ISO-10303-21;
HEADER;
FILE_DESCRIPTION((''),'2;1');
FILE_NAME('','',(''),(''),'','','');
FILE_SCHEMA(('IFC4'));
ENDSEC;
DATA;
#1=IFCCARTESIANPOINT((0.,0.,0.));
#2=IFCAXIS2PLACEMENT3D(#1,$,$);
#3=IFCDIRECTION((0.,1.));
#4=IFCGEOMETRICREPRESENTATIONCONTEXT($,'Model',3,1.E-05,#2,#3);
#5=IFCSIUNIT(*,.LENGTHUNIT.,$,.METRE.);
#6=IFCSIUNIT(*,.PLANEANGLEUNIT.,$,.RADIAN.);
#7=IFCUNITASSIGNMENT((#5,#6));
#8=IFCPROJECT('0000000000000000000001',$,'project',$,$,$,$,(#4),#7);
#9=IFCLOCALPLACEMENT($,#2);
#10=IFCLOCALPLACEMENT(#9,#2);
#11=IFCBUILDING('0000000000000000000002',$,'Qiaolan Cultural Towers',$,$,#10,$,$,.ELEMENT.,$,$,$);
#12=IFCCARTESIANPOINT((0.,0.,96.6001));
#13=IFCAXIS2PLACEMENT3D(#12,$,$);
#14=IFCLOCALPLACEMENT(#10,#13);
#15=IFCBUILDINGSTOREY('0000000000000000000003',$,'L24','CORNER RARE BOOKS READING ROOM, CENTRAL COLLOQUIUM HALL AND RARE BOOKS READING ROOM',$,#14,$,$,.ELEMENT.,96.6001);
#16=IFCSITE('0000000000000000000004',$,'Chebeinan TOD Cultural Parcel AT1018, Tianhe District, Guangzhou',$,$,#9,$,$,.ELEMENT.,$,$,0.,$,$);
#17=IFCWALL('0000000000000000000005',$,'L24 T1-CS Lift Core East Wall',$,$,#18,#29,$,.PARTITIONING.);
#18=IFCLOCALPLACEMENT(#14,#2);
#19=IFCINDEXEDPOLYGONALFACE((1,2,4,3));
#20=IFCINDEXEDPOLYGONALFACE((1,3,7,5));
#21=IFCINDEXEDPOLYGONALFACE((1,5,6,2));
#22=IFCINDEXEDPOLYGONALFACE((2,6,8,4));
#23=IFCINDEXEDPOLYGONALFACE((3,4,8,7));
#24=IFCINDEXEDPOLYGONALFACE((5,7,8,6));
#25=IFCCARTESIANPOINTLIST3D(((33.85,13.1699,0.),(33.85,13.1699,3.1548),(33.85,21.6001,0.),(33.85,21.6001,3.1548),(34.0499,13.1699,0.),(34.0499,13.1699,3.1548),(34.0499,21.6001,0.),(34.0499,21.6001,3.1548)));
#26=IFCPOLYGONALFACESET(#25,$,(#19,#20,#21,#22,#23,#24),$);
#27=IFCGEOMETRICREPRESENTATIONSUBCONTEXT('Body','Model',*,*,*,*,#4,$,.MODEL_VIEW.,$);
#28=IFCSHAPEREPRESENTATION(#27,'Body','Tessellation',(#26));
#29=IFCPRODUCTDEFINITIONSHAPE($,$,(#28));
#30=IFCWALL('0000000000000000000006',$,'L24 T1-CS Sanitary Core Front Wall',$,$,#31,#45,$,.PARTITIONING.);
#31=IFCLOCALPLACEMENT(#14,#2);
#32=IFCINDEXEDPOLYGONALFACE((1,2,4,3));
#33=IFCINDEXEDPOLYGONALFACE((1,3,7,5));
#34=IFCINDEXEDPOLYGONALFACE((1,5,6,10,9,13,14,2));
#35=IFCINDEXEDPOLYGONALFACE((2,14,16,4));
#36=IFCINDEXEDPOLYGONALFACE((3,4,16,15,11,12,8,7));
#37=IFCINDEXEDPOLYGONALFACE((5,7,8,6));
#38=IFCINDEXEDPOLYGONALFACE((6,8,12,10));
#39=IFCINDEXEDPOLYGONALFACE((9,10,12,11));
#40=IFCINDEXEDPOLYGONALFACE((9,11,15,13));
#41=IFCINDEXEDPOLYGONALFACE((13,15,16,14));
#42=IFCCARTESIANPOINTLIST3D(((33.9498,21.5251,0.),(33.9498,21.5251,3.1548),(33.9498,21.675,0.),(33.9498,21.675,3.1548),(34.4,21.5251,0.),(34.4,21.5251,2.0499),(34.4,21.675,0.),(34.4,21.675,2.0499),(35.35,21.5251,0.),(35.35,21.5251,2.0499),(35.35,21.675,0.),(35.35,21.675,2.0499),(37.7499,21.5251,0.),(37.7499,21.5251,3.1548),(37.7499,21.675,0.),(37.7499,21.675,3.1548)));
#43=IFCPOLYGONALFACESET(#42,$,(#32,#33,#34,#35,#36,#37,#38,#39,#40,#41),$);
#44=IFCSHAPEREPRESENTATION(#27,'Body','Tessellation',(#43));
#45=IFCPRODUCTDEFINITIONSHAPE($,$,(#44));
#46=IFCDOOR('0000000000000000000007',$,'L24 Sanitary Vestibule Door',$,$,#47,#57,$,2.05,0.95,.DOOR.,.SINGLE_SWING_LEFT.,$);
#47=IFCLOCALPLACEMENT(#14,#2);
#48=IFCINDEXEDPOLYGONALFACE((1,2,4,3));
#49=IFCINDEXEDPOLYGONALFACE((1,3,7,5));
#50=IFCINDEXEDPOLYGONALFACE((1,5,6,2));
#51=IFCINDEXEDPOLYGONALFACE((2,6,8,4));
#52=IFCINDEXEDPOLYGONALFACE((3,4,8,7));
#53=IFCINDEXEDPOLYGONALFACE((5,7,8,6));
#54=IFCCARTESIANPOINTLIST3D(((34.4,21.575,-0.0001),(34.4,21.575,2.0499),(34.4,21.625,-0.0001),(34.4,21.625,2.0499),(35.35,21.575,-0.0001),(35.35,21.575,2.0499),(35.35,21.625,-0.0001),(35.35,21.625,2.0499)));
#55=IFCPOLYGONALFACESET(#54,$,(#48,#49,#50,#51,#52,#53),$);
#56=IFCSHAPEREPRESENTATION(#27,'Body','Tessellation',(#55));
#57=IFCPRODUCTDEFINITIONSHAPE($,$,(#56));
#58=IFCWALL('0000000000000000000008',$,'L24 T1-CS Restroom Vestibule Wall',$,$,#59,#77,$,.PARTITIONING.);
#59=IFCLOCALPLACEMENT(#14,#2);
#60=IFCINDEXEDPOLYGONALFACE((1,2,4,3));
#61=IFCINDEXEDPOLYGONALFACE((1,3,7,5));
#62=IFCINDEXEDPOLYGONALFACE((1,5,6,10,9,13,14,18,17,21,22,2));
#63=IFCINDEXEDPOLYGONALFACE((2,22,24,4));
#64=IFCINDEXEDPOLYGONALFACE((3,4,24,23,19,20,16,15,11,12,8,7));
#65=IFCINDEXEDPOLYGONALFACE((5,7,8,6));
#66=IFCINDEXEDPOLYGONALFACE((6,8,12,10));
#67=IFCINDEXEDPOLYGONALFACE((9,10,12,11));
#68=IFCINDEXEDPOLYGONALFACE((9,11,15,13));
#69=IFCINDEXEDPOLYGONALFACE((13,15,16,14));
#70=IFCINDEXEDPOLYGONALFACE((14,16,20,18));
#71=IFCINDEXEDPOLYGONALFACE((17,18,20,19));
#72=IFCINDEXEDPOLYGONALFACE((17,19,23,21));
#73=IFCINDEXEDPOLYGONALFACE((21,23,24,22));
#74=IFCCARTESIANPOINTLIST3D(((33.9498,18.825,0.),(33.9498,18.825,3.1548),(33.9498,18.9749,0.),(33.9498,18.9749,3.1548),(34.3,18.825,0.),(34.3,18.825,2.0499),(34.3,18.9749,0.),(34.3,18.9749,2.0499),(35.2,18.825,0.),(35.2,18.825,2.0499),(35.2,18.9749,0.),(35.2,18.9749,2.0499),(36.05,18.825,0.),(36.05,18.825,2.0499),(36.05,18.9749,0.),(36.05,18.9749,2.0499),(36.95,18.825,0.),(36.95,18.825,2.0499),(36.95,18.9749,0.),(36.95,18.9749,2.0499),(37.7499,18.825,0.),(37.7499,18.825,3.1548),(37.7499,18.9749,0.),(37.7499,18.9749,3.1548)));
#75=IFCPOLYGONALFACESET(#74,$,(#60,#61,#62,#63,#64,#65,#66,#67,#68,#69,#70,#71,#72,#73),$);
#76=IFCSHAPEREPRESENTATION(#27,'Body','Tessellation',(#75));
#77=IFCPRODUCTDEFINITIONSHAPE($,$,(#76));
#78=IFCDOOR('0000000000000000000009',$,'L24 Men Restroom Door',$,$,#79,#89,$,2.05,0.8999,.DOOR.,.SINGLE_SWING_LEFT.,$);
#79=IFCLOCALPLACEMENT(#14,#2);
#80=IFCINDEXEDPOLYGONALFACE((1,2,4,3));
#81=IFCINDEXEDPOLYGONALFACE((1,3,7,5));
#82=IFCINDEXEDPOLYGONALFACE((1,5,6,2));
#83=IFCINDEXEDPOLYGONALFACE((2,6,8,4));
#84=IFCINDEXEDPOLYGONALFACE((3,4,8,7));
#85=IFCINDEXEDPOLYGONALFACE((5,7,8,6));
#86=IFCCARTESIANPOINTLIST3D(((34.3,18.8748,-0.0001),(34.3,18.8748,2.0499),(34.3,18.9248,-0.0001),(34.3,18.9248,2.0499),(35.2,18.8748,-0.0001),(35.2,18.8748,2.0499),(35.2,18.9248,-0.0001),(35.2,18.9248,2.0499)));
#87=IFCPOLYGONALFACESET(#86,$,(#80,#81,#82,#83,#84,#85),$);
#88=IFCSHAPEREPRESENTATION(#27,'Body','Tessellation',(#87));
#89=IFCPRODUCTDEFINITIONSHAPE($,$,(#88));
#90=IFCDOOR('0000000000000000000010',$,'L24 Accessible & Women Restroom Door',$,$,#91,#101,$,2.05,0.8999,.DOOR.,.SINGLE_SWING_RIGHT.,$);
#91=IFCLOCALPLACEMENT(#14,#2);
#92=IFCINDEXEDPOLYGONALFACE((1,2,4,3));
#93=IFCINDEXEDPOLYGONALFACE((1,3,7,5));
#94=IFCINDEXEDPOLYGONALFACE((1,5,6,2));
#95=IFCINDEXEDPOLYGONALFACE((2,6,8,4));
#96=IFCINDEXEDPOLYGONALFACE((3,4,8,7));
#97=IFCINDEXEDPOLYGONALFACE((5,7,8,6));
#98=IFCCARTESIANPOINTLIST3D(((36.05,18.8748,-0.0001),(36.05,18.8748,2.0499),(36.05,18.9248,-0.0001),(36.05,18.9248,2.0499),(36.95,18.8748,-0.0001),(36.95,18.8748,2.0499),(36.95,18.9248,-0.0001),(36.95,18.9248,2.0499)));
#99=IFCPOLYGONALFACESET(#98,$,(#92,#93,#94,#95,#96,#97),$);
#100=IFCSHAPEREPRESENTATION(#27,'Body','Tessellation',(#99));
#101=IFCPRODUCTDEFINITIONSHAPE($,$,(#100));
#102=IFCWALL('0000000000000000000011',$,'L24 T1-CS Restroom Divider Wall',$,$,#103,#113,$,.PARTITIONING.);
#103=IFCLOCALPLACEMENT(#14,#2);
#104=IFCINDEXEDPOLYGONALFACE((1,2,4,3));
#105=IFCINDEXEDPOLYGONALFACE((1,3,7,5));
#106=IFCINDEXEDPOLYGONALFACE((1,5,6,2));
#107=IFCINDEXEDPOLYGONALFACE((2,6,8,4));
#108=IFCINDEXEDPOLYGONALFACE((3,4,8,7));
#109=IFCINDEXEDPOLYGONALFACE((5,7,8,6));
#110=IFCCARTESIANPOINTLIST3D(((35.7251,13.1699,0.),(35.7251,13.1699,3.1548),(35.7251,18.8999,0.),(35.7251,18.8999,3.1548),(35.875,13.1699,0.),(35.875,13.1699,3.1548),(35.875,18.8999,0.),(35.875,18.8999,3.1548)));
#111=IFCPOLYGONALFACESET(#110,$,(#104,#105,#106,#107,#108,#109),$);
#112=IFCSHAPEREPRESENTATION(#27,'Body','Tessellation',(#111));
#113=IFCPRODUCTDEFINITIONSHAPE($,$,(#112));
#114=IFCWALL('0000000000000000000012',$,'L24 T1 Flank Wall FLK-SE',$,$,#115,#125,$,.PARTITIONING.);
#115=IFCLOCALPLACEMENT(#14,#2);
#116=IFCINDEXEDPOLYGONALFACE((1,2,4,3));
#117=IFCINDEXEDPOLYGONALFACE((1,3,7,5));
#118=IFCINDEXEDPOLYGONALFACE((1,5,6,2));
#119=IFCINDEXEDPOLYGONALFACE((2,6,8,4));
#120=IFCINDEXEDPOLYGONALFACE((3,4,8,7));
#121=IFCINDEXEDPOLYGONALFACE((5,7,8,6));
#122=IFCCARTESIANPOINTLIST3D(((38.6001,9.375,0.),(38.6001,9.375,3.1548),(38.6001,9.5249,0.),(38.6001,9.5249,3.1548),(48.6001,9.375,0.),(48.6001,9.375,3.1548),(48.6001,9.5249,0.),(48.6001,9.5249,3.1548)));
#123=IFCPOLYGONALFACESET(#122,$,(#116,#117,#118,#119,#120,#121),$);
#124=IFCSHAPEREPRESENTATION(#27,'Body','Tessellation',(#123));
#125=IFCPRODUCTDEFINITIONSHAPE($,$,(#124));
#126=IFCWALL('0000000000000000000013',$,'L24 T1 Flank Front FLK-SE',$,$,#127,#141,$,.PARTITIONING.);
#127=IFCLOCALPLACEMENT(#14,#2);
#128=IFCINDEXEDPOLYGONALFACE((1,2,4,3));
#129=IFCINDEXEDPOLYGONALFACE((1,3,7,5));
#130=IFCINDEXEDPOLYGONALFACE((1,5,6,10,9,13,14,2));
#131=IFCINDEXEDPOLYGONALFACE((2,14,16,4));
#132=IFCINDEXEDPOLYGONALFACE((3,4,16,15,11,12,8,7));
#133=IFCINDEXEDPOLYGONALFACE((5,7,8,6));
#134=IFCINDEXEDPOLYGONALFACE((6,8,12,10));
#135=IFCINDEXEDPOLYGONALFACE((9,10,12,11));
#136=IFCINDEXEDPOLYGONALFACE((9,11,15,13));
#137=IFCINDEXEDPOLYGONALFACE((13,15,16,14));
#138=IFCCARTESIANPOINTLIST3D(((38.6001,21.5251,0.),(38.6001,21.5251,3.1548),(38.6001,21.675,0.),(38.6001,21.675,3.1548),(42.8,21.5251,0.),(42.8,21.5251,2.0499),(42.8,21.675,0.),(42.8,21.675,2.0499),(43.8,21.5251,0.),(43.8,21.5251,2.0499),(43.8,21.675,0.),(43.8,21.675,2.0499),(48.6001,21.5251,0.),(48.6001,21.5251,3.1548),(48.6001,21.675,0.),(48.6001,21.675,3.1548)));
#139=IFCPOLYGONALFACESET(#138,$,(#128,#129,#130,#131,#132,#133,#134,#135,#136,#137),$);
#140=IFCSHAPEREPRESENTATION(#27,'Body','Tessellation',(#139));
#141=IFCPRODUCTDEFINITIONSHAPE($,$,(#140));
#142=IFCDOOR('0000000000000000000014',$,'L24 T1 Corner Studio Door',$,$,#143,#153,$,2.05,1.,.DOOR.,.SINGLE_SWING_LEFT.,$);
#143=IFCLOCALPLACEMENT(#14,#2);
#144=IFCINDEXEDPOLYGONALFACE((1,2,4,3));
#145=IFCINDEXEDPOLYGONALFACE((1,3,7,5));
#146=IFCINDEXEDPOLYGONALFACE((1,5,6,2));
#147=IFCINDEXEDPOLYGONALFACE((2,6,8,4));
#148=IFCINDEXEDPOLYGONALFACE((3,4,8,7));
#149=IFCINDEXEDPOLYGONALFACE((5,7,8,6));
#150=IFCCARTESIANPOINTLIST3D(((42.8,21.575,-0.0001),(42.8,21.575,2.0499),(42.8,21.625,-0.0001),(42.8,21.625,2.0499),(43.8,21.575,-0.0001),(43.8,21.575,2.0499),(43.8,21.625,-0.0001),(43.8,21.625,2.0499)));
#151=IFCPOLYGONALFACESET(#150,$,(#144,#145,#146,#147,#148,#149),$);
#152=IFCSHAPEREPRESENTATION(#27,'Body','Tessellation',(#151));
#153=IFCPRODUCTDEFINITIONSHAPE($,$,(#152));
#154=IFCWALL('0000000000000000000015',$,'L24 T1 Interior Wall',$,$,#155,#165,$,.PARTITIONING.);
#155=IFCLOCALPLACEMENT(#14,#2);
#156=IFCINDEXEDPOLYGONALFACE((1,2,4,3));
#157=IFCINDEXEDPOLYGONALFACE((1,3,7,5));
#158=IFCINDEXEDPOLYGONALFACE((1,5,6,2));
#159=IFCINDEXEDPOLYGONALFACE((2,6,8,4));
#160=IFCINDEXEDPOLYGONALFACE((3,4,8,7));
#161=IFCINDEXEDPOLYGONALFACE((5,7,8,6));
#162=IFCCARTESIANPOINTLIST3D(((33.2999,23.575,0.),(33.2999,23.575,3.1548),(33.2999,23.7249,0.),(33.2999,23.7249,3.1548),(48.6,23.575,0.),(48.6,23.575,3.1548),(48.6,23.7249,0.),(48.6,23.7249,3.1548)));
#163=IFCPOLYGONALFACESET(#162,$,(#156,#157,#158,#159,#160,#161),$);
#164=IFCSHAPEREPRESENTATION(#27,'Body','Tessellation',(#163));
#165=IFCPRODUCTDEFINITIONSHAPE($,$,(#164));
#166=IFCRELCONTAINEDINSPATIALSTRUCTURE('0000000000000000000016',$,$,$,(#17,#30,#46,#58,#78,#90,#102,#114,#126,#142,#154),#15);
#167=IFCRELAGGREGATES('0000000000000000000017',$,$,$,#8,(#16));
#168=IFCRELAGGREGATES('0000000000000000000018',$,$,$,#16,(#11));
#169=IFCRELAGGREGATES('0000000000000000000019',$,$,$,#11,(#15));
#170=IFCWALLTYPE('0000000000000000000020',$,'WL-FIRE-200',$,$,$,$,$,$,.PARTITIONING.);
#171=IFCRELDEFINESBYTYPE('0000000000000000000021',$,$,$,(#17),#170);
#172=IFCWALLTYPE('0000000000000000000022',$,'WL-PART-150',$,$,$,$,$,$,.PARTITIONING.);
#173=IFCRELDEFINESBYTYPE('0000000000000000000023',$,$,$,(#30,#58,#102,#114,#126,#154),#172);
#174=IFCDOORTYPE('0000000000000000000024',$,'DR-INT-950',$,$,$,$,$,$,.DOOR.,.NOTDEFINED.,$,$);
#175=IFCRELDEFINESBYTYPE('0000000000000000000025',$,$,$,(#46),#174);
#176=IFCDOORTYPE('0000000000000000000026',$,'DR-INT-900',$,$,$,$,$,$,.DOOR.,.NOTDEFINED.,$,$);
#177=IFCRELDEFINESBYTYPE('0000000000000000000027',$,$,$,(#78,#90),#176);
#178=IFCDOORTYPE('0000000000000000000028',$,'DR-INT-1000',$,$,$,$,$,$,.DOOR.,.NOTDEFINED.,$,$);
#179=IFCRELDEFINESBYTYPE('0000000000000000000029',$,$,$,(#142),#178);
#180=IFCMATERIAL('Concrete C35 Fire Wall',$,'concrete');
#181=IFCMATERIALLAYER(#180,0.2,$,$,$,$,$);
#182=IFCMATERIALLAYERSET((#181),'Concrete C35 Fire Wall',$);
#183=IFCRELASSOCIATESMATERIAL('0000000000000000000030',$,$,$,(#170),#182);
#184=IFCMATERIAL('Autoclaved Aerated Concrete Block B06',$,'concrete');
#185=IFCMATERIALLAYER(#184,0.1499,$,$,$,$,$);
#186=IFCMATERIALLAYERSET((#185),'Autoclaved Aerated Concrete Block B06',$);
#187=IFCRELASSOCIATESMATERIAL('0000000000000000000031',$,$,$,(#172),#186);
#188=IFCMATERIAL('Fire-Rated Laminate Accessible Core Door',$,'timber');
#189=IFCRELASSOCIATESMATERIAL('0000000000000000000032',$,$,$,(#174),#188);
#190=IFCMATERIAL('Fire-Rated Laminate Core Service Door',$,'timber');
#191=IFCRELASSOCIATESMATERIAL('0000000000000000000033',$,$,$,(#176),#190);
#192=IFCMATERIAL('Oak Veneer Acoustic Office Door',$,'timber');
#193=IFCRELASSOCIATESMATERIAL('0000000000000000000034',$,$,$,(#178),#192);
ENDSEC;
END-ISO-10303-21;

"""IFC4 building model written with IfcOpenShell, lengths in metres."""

from ifc_helpers import new_model, si_unit, direction, frame, frame_2d, origin, place, context, subcontext, project, spatial, rectangle, extrude, material, layer, layer_set, type_object, element, fill, save


model = new_model("IFC4")

# Units and contexts
model_context = context("Model", 3, precision=1e-05, world=origin(), true_north=direction((0.0, 1.0)))
body_context = subcontext(model_context, "Body", "Model", "MODEL_VIEW")
ifc_project = project(units=[si_unit("LENGTHUNIT", "METRE"), si_unit("PLANEANGLEUNIT", "RADIAN")], contexts=[model_context])

# Site, building, storey
site_placement = place(None, origin())
site = spatial("IfcSite", under=ifc_project, at=site_placement, Name="Chebeinan TOD Cultural Parcel AT1018, Tianhe District, Guangzhou", CompositionType="ELEMENT", RefElevation=0.0)
building_placement = place(site_placement, origin())
building = spatial("IfcBuilding", under=site, at=building_placement, Name="Qiaolan Cultural Towers", CompositionType="ELEMENT")
storey_placement = place(building_placement, frame((0.0, 0.0, 96.6001)))
storey = spatial("IfcBuildingStorey", under=building, at=storey_placement, Name="L24", Description="CORNER RARE BOOKS READING ROOM, CENTRAL COLLOQUIUM HALL AND RARE BOOKS READING ROOM", CompositionType="ELEMENT", Elevation=96.6001)

# Wall
ifc_material_1 = material(Name="Concrete C35 Fire Wall", Category="concrete")
ifc_layer_1 = layer(ifc_material_1, 0.2)
ifc_layer_set_1 = layer_set([ifc_layer_1], Name="Concrete C35 Fire Wall")
wall_type_1 = type_object("IfcWallType", Name="WL-FIRE-200", PredefinedType="PARTITIONING", material=ifc_layer_set_1)
wall_1_placement = place(storey_placement, frame((33.95, 21.6001, 0.0), z_axis=(0.0, 0.0, 1.0), x_axis=(0.0, -1.0, 0.0)))
element("IfcWall", 1, at=wall_1_placement, inside=storey, type_object=wall_type_1, Name="L24 T1-CS Lift Core East Wall", PredefinedType="PARTITIONING", context=body_context, shape_type="SweptSolid", body=[
    extrude(rectangle(XDim=8.4302, YDim=0.2, at=frame_2d((4.2151, 0.0))), origin(), (0.0, 0.0, 1.0), 3.1548),
])

# Wall, opening, door
ifc_material_2 = material(Name="Autoclaved Aerated Concrete Block B06", Category="concrete")
ifc_layer_2 = layer(ifc_material_2, 0.1499)
ifc_layer_set_2 = layer_set([ifc_layer_2], Name="Autoclaved Aerated Concrete Block B06")
wall_type_2 = type_object("IfcWallType", Name="WL-PART-150", PredefinedType="PARTITIONING", material=ifc_layer_set_2)
wall_2_placement = place(storey_placement, frame((33.95, 21.6001, 0.0), z_axis=(0.0, 0.0, 1.0), x_axis=(1.0, 0.0, 0.0)))
wall_2 = element("IfcWall", 2, at=wall_2_placement, inside=storey, type_object=wall_type_2, Name="L24 T1-CS Sanitary Core Front Wall", PredefinedType="PARTITIONING", context=body_context, shape_type="SweptSolid", body=[
    extrude(rectangle(XDim=3.8, YDim=0.1499, at=frame_2d((1.8999, 0.0))), origin(), (0.0, 0.0, 1.0), 3.1548),
])
opening_1_placement = place(wall_2_placement, frame((0.45, 0.0, 0.0)))
opening_1 = element("IfcOpeningElement", 3, at=opening_1_placement, cuts=wall_2, PredefinedType="OPENING", context=body_context, shape_type="SweptSolid", body=[
    extrude(rectangle(XDim=0.95, YDim=2.05, at=frame_2d((0.4751, 1.0249))), frame((0.0, 0.085, 0.0), z_axis=(0.0, -1.0, 0.0), x_axis=(1.0, 0.0, 0.0)), (0.0, 0.0, 1.0), 0.1699),
])
ifc_material_3 = material(Name="Fire-Rated Laminate Accessible Core Door", Category="timber")
door_type_1 = type_object("IfcDoorType", Name="DR-INT-950", OperationType="NOTDEFINED", PredefinedType="DOOR", material=ifc_material_3)
door_1_placement = place(opening_1_placement, origin())
door_1 = element("IfcDoor", 4, at=door_1_placement, inside=storey, type_object=door_type_1, Name="L24 Sanitary Vestibule Door", OperationType="SINGLE_SWING_LEFT", OverallHeight=2.05, OverallWidth=0.95, PredefinedType="DOOR", context=body_context, shape_type="SweptSolid", body=[
    extrude(rectangle(XDim=0.95, YDim=2.05, at=frame_2d((0.4751, 1.0249))), frame((0.0, 0.0249, 0.0), z_axis=(0.0, -1.0, 0.0), x_axis=(1.0, 0.0, 0.0)), (0.0, 0.0, 1.0), 0.05),
])
fill(opening_1, door_1)

# Wall, openings, doors
wall_3_placement = place(storey_placement, frame((33.95, 18.8999, 0.0), z_axis=(0.0, 0.0, 1.0), x_axis=(1.0, 0.0, 0.0)))
wall_3 = element("IfcWall", 5, at=wall_3_placement, inside=storey, type_object=wall_type_2, Name="L24 T1-CS Restroom Vestibule Wall", PredefinedType="PARTITIONING", context=body_context, shape_type="SweptSolid", body=[
    extrude(rectangle(XDim=3.8, YDim=0.1499, at=frame_2d((1.8999, 0.0))), origin(), (0.0, 0.0, 1.0), 3.1548),
])
opening_2_placement = place(wall_3_placement, frame((0.3501, 0.0, 0.0)))
opening_2 = element("IfcOpeningElement", 6, at=opening_2_placement, cuts=wall_3, PredefinedType="OPENING", context=body_context, shape_type="SweptSolid", body=[
    extrude(rectangle(XDim=0.8999, YDim=2.05, at=frame_2d((0.45, 1.0249))), frame((0.0, 0.085, 0.0), z_axis=(0.0, -1.0, 0.0), x_axis=(1.0, 0.0, 0.0)), (0.0, 0.0, 1.0), 0.1699),
])
opening_3_placement = place(wall_3_placement, frame((2.1001, 0.0, 0.0)))
opening_3 = element("IfcOpeningElement", 7, at=opening_3_placement, cuts=wall_3, PredefinedType="OPENING", context=body_context, shape_type="SweptSolid", body=[
    extrude(rectangle(XDim=0.8999, YDim=2.05, at=frame_2d((0.45, 1.0249))), frame((0.0, 0.085, 0.0), z_axis=(0.0, -1.0, 0.0), x_axis=(1.0, 0.0, 0.0)), (0.0, 0.0, 1.0), 0.1699),
])
ifc_material_4 = material(Name="Fire-Rated Laminate Core Service Door", Category="timber")
door_type_2 = type_object("IfcDoorType", Name="DR-INT-900", OperationType="NOTDEFINED", PredefinedType="DOOR", material=ifc_material_4)
door_2_placement = place(opening_2_placement, origin())
door_2 = element("IfcDoor", 8, at=door_2_placement, inside=storey, type_object=door_type_2, Name="L24 Men Restroom Door", OperationType="SINGLE_SWING_LEFT", OverallHeight=2.05, OverallWidth=0.8999, PredefinedType="DOOR", context=body_context, shape_type="SweptSolid", body=[
    extrude(rectangle(XDim=0.8999, YDim=2.05, at=frame_2d((0.45, 1.0249))), frame((0.0, 0.0249, 0.0), z_axis=(0.0, -1.0, 0.0), x_axis=(1.0, 0.0, 0.0)), (0.0, 0.0, 1.0), 0.05),
])
fill(opening_2, door_2)
door_3_placement = place(opening_3_placement, origin())
door_3 = element("IfcDoor", 9, at=door_3_placement, inside=storey, type_object=door_type_2, Name="L24 Accessible & Women Restroom Door", OperationType="SINGLE_SWING_RIGHT", OverallHeight=2.05, OverallWidth=0.8999, PredefinedType="DOOR", context=body_context, shape_type="SweptSolid", body=[
    extrude(rectangle(XDim=0.8999, YDim=2.05, at=frame_2d((0.45, 1.0249))), frame((0.0, 0.0249, 0.0), z_axis=(0.0, -1.0, 0.0), x_axis=(1.0, 0.0, 0.0)), (0.0, 0.0, 1.0), 0.05),
])
fill(opening_3, door_3)

# Walls
wall_4_placement = place(storey_placement, frame((35.8, 18.8999, 0.0), z_axis=(0.0, 0.0, 1.0), x_axis=(0.0, -1.0, 0.0)))
element("IfcWall", 10, at=wall_4_placement, inside=storey, type_object=wall_type_2, Name="L24 T1-CS Restroom Divider Wall", PredefinedType="PARTITIONING", context=body_context, shape_type="SweptSolid", body=[
    extrude(rectangle(XDim=5.73, YDim=0.1499, at=frame_2d((2.865, 0.0))), origin(), (0.0, 0.0, 1.0), 3.1548),
])
wall_5_placement = place(storey_placement, frame((38.6001, 9.45, 0.0), z_axis=(0.0, 0.0, 1.0), x_axis=(1.0, 0.0, 0.0)))
element("IfcWall", 11, at=wall_5_placement, inside=storey, type_object=wall_type_2, Name="L24 T1 Flank Wall FLK-SE", PredefinedType="PARTITIONING", context=body_context, shape_type="SweptSolid", body=[
    extrude(rectangle(XDim=10.0, YDim=0.1499, at=frame_2d((5.0, 0.0))), origin(), (0.0, 0.0, 1.0), 3.1548),
])

# Wall, opening, door
wall_6_placement = place(storey_placement, frame((38.6001, 21.6001, 0.0), z_axis=(0.0, 0.0, 1.0), x_axis=(1.0, 0.0, 0.0)))
wall_6 = element("IfcWall", 12, at=wall_6_placement, inside=storey, type_object=wall_type_2, Name="L24 T1 Flank Front FLK-SE", PredefinedType="PARTITIONING", context=body_context, shape_type="SweptSolid", body=[
    extrude(rectangle(XDim=10.0, YDim=0.1499, at=frame_2d((5.0, 0.0))), origin(), (0.0, 0.0, 1.0), 3.1548),
])
opening_4_placement = place(wall_6_placement, frame((4.2, 0.0, 0.0)))
opening_4 = element("IfcOpeningElement", 13, at=opening_4_placement, cuts=wall_6, PredefinedType="OPENING", context=body_context, shape_type="SweptSolid", body=[
    extrude(rectangle(XDim=1.0, YDim=2.05, at=frame_2d((0.5, 1.0249))), frame((0.0, 0.085, 0.0), z_axis=(0.0, -1.0, 0.0), x_axis=(1.0, 0.0, 0.0)), (0.0, 0.0, 1.0), 0.1699),
])
ifc_material_5 = material(Name="Oak Veneer Acoustic Office Door", Category="timber")
door_type_3 = type_object("IfcDoorType", Name="DR-INT-1000", OperationType="NOTDEFINED", PredefinedType="DOOR", material=ifc_material_5)
door_4_placement = place(opening_4_placement, origin())
door_4 = element("IfcDoor", 14, at=door_4_placement, inside=storey, type_object=door_type_3, Name="L24 T1 Corner Studio Door", OperationType="SINGLE_SWING_LEFT", OverallHeight=2.05, OverallWidth=1.0, PredefinedType="DOOR", context=body_context, shape_type="SweptSolid", body=[
    extrude(rectangle(XDim=1.0, YDim=2.05, at=frame_2d((0.5, 1.0249))), frame((0.0, 0.0249, 0.0), z_axis=(0.0, -1.0, 0.0), x_axis=(1.0, 0.0, 0.0)), (0.0, 0.0, 1.0), 0.05),
])
fill(opening_4, door_4)

# Wall
wall_7_placement = place(storey_placement, frame((33.3, 23.6499, 0.0), z_axis=(0.0, 0.0, 1.0), x_axis=(1.0, 0.0, 0.0)))
element("IfcWall", 15, at=wall_7_placement, inside=storey, type_object=wall_type_2, Name="L24 T1 Interior Wall", PredefinedType="PARTITIONING", context=body_context, shape_type="SweptSolid", body=[
    extrude(rectangle(XDim=15.3, YDim=0.1499, at=frame_2d((7.6499, 0.0))), origin(), (0.0, 0.0, 1.0), 3.1548),
])

save(model, "model.ifc")
